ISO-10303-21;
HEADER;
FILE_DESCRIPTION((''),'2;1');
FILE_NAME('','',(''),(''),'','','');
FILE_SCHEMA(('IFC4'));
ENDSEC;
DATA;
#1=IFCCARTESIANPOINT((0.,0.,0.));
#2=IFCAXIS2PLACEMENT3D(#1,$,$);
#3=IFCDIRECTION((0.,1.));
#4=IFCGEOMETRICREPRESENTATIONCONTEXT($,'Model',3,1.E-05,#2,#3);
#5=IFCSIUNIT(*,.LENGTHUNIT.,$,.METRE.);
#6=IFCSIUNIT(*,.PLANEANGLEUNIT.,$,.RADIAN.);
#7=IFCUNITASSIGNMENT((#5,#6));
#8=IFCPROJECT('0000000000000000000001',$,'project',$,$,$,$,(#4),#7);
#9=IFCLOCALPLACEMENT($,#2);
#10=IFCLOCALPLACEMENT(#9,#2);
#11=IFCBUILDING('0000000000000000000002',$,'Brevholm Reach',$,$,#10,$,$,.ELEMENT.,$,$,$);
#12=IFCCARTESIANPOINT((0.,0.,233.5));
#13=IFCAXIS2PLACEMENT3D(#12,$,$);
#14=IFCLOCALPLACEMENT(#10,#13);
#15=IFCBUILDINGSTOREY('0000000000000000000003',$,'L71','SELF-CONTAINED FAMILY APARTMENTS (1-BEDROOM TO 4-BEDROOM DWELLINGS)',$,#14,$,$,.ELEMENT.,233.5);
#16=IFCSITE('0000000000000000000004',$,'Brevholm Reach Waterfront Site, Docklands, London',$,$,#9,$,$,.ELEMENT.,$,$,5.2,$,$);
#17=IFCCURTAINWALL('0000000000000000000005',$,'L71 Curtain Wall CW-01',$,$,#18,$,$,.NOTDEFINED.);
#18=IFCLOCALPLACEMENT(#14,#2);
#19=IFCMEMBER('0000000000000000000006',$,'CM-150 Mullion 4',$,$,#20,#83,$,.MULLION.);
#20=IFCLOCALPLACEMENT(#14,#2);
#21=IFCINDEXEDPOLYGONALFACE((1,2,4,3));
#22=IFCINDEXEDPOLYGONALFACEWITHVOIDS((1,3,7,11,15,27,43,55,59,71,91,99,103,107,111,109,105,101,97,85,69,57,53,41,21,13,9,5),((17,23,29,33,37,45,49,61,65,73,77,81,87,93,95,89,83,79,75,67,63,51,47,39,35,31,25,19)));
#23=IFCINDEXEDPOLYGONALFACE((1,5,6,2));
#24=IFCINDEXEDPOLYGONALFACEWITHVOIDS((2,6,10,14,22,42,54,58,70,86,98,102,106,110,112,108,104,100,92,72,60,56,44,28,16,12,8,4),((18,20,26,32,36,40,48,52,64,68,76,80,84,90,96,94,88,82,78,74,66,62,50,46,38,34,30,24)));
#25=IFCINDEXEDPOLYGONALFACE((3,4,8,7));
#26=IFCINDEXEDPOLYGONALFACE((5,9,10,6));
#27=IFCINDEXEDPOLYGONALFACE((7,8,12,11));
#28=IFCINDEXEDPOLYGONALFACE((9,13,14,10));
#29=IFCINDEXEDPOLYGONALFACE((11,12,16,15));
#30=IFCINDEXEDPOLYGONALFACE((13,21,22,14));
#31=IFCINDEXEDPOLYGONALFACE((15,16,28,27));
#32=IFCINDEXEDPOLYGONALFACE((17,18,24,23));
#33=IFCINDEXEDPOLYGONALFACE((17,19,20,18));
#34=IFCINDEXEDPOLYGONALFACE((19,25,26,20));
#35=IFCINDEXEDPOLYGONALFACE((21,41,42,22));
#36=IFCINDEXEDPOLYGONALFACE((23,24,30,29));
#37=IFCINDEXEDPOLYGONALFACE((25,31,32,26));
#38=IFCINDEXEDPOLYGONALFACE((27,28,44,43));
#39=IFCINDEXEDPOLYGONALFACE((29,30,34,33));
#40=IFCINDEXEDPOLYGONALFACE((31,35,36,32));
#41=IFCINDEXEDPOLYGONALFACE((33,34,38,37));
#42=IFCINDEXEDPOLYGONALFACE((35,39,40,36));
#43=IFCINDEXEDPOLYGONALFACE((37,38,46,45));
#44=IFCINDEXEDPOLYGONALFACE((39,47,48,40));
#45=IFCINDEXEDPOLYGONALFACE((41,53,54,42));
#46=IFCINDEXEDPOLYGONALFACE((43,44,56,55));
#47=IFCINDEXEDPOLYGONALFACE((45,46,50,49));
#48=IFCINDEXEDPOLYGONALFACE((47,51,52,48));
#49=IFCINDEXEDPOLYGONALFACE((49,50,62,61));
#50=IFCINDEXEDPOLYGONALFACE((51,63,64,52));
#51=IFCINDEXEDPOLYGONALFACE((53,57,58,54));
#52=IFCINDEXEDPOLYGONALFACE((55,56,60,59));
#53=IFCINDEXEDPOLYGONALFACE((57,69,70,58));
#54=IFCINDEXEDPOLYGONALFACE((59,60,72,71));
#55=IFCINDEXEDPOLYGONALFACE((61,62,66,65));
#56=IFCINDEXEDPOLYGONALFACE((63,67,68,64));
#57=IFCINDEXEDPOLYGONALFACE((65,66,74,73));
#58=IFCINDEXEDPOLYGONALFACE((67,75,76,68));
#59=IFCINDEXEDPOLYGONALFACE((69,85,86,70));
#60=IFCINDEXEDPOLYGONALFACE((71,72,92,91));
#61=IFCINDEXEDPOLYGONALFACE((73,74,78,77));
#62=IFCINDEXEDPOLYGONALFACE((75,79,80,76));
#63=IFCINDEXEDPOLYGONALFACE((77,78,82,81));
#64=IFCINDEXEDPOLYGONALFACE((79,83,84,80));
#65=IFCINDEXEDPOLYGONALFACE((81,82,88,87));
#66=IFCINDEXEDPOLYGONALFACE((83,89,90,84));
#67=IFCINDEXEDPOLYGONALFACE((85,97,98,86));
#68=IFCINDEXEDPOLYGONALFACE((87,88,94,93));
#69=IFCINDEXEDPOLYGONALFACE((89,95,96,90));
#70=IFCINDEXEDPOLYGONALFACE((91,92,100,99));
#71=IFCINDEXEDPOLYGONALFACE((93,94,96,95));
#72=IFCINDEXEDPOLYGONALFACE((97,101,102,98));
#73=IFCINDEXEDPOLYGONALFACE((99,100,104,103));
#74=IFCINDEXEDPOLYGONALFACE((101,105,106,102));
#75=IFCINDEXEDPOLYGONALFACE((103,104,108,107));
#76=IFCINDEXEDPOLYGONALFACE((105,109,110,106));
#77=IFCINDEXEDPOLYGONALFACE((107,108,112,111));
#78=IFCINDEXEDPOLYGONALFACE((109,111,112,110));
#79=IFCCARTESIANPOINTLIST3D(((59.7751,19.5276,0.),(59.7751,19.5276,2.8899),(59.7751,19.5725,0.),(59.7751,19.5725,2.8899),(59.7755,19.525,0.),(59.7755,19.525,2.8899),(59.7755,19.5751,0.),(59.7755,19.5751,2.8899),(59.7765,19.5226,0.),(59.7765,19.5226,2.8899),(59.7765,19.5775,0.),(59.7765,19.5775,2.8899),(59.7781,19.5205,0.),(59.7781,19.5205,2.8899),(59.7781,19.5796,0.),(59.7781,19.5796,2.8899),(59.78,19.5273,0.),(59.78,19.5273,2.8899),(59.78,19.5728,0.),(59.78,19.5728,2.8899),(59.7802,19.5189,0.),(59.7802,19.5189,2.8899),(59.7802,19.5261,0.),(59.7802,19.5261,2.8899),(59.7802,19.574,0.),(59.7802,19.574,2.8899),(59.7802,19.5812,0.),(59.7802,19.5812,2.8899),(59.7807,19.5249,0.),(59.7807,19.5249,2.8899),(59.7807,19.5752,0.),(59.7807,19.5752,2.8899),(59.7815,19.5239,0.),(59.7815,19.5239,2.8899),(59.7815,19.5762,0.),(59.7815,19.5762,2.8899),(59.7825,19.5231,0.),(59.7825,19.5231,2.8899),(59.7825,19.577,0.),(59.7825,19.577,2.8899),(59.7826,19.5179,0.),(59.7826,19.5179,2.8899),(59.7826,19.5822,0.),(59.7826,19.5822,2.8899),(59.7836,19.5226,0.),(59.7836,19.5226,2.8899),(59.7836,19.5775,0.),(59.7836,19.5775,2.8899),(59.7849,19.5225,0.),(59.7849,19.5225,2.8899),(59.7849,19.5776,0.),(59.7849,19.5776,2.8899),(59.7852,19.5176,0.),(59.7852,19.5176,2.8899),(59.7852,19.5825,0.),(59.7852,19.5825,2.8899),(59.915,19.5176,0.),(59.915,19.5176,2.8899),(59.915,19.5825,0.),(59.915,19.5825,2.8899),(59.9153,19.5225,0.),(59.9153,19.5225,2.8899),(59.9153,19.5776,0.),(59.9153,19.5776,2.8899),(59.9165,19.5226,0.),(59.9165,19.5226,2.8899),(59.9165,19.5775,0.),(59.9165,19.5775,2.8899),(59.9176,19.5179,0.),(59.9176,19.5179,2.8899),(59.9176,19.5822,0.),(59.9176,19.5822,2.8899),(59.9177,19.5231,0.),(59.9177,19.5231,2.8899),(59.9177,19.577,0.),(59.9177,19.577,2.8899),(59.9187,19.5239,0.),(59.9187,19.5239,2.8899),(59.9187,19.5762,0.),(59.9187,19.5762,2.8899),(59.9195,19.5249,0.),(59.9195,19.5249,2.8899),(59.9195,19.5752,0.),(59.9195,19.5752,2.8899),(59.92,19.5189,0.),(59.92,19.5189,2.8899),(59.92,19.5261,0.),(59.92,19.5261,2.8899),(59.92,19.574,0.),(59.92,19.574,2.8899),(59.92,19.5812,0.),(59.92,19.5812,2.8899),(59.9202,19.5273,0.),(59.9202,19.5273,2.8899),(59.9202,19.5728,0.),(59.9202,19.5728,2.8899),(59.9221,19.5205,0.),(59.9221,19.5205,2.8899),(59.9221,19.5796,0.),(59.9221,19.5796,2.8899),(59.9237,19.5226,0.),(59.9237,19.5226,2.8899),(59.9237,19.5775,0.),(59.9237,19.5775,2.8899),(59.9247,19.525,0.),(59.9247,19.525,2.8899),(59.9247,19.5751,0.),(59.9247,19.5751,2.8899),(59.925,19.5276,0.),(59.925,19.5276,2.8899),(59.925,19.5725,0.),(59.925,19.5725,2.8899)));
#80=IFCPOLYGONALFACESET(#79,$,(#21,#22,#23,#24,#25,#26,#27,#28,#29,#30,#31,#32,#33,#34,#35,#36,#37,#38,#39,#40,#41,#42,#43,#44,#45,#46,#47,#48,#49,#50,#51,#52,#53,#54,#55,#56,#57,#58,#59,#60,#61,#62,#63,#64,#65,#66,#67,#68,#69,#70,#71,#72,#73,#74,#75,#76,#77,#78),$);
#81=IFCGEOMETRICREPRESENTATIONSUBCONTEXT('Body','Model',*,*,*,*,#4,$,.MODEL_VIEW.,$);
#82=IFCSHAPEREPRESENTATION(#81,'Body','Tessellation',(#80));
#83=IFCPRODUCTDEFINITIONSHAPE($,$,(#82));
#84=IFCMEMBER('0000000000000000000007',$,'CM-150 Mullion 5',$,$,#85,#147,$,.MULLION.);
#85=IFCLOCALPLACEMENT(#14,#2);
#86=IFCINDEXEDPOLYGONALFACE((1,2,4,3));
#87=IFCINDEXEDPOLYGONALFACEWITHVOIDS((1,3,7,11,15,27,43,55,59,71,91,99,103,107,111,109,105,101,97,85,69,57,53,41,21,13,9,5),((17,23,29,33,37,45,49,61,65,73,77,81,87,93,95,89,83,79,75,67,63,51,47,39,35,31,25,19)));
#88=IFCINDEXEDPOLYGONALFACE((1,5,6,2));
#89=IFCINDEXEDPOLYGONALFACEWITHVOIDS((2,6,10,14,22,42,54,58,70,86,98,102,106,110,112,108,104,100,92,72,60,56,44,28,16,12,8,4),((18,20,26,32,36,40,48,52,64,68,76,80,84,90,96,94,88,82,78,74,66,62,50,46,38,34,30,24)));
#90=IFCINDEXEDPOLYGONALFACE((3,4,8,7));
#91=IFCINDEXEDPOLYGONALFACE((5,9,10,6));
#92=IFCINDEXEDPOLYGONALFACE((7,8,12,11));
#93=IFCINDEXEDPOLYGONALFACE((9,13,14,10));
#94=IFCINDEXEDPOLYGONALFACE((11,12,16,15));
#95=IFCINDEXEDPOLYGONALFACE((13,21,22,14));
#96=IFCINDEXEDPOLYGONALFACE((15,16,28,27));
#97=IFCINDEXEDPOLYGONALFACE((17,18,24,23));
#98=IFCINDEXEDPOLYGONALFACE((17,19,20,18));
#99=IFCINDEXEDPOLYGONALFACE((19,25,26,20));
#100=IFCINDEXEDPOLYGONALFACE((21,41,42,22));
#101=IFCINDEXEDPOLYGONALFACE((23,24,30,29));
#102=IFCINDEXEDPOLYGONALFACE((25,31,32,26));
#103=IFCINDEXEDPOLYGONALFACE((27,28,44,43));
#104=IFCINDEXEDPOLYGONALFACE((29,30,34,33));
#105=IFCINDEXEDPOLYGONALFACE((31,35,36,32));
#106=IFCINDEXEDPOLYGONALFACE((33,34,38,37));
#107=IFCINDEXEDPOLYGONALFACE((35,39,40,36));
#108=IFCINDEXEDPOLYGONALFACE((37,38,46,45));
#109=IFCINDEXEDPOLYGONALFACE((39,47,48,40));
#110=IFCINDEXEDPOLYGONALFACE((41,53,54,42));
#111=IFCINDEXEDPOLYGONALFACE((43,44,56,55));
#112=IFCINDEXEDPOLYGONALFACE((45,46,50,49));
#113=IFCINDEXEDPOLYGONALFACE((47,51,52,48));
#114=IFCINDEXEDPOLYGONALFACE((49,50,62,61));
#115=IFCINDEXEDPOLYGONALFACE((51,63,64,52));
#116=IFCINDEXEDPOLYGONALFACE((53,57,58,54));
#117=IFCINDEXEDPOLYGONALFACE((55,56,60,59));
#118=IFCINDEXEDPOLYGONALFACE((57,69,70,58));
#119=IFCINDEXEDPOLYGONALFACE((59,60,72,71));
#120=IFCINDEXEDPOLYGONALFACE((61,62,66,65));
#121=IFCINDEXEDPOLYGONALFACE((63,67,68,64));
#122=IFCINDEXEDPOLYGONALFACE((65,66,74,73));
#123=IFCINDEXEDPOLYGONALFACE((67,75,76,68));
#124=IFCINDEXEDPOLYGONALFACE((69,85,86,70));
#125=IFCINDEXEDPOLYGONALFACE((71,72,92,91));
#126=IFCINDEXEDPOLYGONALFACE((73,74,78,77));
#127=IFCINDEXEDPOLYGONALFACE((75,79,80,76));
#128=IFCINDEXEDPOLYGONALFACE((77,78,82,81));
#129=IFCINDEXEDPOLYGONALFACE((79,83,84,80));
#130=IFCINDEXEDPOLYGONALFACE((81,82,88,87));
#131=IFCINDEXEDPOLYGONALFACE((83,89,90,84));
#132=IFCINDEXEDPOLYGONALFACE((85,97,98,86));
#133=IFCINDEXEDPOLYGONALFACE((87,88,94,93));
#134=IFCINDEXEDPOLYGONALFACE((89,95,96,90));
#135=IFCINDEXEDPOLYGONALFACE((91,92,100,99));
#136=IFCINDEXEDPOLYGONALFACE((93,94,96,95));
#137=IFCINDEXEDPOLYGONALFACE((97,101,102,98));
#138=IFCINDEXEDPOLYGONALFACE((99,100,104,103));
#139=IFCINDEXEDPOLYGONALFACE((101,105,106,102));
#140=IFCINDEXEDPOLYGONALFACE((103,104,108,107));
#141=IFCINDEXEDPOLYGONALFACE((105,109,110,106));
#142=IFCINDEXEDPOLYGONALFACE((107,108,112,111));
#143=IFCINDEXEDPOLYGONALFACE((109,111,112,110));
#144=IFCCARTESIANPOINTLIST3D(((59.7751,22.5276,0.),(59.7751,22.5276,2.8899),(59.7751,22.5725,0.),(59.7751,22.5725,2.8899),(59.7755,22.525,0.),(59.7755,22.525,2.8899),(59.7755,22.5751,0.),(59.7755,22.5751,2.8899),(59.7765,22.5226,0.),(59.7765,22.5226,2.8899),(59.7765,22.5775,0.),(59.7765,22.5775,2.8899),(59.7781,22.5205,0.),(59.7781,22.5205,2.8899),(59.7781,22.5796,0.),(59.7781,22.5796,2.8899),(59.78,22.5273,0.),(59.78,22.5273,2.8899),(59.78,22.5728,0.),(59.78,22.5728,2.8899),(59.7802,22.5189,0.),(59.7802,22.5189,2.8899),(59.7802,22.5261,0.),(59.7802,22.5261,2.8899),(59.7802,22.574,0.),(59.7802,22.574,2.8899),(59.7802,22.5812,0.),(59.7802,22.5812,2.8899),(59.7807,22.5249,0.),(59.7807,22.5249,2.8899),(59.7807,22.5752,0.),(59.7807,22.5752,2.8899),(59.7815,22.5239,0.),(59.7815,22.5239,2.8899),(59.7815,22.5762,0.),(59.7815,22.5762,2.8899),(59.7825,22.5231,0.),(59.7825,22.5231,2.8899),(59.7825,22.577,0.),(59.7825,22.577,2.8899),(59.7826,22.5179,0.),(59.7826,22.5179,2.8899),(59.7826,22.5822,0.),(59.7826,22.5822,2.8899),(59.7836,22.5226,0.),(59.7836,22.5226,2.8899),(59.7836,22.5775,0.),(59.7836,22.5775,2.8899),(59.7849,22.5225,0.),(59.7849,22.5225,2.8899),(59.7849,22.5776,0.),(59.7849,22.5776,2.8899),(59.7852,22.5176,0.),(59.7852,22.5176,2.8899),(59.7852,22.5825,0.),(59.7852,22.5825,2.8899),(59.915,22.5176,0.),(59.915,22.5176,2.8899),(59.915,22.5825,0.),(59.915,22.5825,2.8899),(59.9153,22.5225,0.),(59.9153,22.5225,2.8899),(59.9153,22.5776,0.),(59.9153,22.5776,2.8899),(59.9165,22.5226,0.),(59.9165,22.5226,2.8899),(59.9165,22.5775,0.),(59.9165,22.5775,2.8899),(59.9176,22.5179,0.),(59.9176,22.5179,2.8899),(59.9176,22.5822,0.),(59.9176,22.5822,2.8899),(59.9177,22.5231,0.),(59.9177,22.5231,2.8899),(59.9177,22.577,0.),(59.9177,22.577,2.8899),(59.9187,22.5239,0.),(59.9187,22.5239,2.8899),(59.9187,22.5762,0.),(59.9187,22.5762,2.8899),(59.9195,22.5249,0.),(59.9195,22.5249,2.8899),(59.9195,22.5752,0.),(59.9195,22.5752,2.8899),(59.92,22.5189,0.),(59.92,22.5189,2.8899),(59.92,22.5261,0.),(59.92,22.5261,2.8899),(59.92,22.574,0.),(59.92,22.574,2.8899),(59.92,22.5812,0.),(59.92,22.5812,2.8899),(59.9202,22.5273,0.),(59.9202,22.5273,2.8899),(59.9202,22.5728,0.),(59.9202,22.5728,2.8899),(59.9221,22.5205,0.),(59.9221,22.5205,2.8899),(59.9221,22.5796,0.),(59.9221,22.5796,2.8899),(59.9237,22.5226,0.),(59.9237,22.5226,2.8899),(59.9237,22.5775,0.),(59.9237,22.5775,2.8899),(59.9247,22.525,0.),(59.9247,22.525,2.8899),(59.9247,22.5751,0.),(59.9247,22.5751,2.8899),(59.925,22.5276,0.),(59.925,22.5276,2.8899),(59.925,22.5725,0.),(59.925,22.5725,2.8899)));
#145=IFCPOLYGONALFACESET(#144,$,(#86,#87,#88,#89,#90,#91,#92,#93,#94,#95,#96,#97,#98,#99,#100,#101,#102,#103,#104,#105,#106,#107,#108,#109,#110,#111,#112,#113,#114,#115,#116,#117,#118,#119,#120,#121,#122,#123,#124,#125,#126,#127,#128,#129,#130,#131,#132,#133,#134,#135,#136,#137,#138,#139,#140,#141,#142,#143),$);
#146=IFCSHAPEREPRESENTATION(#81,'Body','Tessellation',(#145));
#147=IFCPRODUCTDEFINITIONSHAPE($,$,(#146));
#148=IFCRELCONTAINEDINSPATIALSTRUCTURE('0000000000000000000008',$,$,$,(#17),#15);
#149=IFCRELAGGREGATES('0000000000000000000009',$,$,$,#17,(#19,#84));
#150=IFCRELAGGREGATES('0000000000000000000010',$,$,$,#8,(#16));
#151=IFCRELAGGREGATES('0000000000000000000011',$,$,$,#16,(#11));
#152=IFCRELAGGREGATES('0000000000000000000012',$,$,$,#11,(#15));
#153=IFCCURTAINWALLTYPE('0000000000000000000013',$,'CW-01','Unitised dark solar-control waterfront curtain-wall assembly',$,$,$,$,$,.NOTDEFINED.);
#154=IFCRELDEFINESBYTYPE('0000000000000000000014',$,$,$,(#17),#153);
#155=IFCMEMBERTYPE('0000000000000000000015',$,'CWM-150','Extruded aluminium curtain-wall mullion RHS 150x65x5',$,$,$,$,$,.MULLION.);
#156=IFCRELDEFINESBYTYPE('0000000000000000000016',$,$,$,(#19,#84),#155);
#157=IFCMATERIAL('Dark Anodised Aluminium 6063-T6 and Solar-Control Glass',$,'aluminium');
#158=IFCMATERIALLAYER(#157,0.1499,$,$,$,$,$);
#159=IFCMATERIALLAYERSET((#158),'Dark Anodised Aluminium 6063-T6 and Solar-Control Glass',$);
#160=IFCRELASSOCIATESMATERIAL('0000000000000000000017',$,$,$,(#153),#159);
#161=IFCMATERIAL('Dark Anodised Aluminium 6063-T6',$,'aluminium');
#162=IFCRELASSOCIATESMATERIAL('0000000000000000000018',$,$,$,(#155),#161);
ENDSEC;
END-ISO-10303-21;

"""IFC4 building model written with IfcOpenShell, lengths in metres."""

from ifc_helpers import new_model, si_unit, direction, frame, origin, origin_2d, place, context, subcontext, project, spatial, hollow_rectangle, extrude, material, layer, layer_set, material_profile, profile_set, type_object, element, aggregate, save


model = new_model("IFC4")

# Units and contexts
model_context = context("Model", 3, precision=1e-05, world=origin(), true_north=direction((0.0, 1.0)))
body_context = subcontext(model_context, "Body", "Model", "MODEL_VIEW")
ifc_project = project(units=[si_unit("LENGTHUNIT", "METRE"), si_unit("PLANEANGLEUNIT", "RADIAN")], contexts=[model_context])

# Site, building, storey
site_placement = place(None, origin())
site = spatial("IfcSite", under=ifc_project, at=site_placement, Name="Brevholm Reach Waterfront Site, Docklands, London", CompositionType="ELEMENT", RefElevation=5.2)
building_placement = place(site_placement, origin())
building = spatial("IfcBuilding", under=site, at=building_placement, Name="Brevholm Reach", CompositionType="ELEMENT")
storey_placement = place(building_placement, frame((0.0, 0.0, 233.5)))
storey = spatial("IfcBuildingStorey", under=building, at=storey_placement, Name="L71", Description="SELF-CONTAINED FAMILY APARTMENTS (1-BEDROOM TO 4-BEDROOM DWELLINGS)", CompositionType="ELEMENT", Elevation=233.5)

# Curtain wall, members
ifc_material_1 = material(Name="Dark Anodised Aluminium 6063-T6 and Solar-Control Glass", Category="aluminium")
ifc_layer_1 = layer(ifc_material_1, 0.1499)
ifc_layer_set_1 = layer_set([ifc_layer_1], Name="Dark Anodised Aluminium 6063-T6 and Solar-Control Glass")
curtain_wall_type = type_object("IfcCurtainWallType", Name="CW-01", Description="Unitised dark solar-control waterfront curtain-wall assembly", PredefinedType="NOTDEFINED", material=ifc_layer_set_1)
curtain_wall_placement = place(storey_placement, origin())
curtain_wall = element("IfcCurtainWall", 1, at=curtain_wall_placement, inside=storey, type_object=curtain_wall_type, Name="L71 Curtain Wall CW-01", PredefinedType="NOTDEFINED")
ifc_material_2 = material(Name="Dark Anodised Aluminium 6063-T6", Category="aluminium")
ifc_material_profile_1 = material_profile(ifc_material_2, hollow_rectangle(XDim=0.0649, YDim=0.1499, WallThickness=0.0049, InnerFilletRadius=0.0049, OuterFilletRadius=0.01, at=origin_2d()), Name="RHS 150x65x5")
ifc_profile_set_1 = profile_set([ifc_material_profile_1], Name="Dark Anodised Aluminium 6063-T6")
member_type_1 = type_object("IfcMemberType", Name="CWM-150", Description="Extruded aluminium curtain-wall mullion RHS 150x65x5", PredefinedType="MULLION", material=ifc_profile_set_1)
member_1_placement = place(storey_placement, frame((59.8501, 19.55, 0.0), z_axis=(0.0, 0.0, 1.0), x_axis=(0.0, 1.0, 0.0)))
member_1 = element("IfcMember", 2, at=member_1_placement, type_object=member_type_1, Name="CM-150 Mullion 4", PredefinedType="MULLION", context=body_context, shape_type="SweptSolid", body=[
    extrude(hollow_rectangle(XDim=0.0649, YDim=0.1499, WallThickness=0.0049, InnerFilletRadius=0.0049, OuterFilletRadius=0.01, at=origin_2d()), origin(), (0.0, 0.0, 1.0), 2.8899),
])
member_2_placement = place(storey_placement, frame((59.8501, 22.55, 0.0), z_axis=(0.0, 0.0, 1.0), x_axis=(0.0, 1.0, 0.0)))
member_2 = element("IfcMember", 3, at=member_2_placement, type_object=member_type_1, Name="CM-150 Mullion 5", PredefinedType="MULLION", context=body_context, shape_type="SweptSolid", body=[
    extrude(hollow_rectangle(XDim=0.0649, YDim=0.1499, WallThickness=0.0049, InnerFilletRadius=0.0049, OuterFilletRadius=0.01, at=origin_2d()), origin(), (0.0, 0.0, 1.0), 2.8899),
])
aggregate(curtain_wall, [member_1, member_2])

save(model, "model.ifc")
